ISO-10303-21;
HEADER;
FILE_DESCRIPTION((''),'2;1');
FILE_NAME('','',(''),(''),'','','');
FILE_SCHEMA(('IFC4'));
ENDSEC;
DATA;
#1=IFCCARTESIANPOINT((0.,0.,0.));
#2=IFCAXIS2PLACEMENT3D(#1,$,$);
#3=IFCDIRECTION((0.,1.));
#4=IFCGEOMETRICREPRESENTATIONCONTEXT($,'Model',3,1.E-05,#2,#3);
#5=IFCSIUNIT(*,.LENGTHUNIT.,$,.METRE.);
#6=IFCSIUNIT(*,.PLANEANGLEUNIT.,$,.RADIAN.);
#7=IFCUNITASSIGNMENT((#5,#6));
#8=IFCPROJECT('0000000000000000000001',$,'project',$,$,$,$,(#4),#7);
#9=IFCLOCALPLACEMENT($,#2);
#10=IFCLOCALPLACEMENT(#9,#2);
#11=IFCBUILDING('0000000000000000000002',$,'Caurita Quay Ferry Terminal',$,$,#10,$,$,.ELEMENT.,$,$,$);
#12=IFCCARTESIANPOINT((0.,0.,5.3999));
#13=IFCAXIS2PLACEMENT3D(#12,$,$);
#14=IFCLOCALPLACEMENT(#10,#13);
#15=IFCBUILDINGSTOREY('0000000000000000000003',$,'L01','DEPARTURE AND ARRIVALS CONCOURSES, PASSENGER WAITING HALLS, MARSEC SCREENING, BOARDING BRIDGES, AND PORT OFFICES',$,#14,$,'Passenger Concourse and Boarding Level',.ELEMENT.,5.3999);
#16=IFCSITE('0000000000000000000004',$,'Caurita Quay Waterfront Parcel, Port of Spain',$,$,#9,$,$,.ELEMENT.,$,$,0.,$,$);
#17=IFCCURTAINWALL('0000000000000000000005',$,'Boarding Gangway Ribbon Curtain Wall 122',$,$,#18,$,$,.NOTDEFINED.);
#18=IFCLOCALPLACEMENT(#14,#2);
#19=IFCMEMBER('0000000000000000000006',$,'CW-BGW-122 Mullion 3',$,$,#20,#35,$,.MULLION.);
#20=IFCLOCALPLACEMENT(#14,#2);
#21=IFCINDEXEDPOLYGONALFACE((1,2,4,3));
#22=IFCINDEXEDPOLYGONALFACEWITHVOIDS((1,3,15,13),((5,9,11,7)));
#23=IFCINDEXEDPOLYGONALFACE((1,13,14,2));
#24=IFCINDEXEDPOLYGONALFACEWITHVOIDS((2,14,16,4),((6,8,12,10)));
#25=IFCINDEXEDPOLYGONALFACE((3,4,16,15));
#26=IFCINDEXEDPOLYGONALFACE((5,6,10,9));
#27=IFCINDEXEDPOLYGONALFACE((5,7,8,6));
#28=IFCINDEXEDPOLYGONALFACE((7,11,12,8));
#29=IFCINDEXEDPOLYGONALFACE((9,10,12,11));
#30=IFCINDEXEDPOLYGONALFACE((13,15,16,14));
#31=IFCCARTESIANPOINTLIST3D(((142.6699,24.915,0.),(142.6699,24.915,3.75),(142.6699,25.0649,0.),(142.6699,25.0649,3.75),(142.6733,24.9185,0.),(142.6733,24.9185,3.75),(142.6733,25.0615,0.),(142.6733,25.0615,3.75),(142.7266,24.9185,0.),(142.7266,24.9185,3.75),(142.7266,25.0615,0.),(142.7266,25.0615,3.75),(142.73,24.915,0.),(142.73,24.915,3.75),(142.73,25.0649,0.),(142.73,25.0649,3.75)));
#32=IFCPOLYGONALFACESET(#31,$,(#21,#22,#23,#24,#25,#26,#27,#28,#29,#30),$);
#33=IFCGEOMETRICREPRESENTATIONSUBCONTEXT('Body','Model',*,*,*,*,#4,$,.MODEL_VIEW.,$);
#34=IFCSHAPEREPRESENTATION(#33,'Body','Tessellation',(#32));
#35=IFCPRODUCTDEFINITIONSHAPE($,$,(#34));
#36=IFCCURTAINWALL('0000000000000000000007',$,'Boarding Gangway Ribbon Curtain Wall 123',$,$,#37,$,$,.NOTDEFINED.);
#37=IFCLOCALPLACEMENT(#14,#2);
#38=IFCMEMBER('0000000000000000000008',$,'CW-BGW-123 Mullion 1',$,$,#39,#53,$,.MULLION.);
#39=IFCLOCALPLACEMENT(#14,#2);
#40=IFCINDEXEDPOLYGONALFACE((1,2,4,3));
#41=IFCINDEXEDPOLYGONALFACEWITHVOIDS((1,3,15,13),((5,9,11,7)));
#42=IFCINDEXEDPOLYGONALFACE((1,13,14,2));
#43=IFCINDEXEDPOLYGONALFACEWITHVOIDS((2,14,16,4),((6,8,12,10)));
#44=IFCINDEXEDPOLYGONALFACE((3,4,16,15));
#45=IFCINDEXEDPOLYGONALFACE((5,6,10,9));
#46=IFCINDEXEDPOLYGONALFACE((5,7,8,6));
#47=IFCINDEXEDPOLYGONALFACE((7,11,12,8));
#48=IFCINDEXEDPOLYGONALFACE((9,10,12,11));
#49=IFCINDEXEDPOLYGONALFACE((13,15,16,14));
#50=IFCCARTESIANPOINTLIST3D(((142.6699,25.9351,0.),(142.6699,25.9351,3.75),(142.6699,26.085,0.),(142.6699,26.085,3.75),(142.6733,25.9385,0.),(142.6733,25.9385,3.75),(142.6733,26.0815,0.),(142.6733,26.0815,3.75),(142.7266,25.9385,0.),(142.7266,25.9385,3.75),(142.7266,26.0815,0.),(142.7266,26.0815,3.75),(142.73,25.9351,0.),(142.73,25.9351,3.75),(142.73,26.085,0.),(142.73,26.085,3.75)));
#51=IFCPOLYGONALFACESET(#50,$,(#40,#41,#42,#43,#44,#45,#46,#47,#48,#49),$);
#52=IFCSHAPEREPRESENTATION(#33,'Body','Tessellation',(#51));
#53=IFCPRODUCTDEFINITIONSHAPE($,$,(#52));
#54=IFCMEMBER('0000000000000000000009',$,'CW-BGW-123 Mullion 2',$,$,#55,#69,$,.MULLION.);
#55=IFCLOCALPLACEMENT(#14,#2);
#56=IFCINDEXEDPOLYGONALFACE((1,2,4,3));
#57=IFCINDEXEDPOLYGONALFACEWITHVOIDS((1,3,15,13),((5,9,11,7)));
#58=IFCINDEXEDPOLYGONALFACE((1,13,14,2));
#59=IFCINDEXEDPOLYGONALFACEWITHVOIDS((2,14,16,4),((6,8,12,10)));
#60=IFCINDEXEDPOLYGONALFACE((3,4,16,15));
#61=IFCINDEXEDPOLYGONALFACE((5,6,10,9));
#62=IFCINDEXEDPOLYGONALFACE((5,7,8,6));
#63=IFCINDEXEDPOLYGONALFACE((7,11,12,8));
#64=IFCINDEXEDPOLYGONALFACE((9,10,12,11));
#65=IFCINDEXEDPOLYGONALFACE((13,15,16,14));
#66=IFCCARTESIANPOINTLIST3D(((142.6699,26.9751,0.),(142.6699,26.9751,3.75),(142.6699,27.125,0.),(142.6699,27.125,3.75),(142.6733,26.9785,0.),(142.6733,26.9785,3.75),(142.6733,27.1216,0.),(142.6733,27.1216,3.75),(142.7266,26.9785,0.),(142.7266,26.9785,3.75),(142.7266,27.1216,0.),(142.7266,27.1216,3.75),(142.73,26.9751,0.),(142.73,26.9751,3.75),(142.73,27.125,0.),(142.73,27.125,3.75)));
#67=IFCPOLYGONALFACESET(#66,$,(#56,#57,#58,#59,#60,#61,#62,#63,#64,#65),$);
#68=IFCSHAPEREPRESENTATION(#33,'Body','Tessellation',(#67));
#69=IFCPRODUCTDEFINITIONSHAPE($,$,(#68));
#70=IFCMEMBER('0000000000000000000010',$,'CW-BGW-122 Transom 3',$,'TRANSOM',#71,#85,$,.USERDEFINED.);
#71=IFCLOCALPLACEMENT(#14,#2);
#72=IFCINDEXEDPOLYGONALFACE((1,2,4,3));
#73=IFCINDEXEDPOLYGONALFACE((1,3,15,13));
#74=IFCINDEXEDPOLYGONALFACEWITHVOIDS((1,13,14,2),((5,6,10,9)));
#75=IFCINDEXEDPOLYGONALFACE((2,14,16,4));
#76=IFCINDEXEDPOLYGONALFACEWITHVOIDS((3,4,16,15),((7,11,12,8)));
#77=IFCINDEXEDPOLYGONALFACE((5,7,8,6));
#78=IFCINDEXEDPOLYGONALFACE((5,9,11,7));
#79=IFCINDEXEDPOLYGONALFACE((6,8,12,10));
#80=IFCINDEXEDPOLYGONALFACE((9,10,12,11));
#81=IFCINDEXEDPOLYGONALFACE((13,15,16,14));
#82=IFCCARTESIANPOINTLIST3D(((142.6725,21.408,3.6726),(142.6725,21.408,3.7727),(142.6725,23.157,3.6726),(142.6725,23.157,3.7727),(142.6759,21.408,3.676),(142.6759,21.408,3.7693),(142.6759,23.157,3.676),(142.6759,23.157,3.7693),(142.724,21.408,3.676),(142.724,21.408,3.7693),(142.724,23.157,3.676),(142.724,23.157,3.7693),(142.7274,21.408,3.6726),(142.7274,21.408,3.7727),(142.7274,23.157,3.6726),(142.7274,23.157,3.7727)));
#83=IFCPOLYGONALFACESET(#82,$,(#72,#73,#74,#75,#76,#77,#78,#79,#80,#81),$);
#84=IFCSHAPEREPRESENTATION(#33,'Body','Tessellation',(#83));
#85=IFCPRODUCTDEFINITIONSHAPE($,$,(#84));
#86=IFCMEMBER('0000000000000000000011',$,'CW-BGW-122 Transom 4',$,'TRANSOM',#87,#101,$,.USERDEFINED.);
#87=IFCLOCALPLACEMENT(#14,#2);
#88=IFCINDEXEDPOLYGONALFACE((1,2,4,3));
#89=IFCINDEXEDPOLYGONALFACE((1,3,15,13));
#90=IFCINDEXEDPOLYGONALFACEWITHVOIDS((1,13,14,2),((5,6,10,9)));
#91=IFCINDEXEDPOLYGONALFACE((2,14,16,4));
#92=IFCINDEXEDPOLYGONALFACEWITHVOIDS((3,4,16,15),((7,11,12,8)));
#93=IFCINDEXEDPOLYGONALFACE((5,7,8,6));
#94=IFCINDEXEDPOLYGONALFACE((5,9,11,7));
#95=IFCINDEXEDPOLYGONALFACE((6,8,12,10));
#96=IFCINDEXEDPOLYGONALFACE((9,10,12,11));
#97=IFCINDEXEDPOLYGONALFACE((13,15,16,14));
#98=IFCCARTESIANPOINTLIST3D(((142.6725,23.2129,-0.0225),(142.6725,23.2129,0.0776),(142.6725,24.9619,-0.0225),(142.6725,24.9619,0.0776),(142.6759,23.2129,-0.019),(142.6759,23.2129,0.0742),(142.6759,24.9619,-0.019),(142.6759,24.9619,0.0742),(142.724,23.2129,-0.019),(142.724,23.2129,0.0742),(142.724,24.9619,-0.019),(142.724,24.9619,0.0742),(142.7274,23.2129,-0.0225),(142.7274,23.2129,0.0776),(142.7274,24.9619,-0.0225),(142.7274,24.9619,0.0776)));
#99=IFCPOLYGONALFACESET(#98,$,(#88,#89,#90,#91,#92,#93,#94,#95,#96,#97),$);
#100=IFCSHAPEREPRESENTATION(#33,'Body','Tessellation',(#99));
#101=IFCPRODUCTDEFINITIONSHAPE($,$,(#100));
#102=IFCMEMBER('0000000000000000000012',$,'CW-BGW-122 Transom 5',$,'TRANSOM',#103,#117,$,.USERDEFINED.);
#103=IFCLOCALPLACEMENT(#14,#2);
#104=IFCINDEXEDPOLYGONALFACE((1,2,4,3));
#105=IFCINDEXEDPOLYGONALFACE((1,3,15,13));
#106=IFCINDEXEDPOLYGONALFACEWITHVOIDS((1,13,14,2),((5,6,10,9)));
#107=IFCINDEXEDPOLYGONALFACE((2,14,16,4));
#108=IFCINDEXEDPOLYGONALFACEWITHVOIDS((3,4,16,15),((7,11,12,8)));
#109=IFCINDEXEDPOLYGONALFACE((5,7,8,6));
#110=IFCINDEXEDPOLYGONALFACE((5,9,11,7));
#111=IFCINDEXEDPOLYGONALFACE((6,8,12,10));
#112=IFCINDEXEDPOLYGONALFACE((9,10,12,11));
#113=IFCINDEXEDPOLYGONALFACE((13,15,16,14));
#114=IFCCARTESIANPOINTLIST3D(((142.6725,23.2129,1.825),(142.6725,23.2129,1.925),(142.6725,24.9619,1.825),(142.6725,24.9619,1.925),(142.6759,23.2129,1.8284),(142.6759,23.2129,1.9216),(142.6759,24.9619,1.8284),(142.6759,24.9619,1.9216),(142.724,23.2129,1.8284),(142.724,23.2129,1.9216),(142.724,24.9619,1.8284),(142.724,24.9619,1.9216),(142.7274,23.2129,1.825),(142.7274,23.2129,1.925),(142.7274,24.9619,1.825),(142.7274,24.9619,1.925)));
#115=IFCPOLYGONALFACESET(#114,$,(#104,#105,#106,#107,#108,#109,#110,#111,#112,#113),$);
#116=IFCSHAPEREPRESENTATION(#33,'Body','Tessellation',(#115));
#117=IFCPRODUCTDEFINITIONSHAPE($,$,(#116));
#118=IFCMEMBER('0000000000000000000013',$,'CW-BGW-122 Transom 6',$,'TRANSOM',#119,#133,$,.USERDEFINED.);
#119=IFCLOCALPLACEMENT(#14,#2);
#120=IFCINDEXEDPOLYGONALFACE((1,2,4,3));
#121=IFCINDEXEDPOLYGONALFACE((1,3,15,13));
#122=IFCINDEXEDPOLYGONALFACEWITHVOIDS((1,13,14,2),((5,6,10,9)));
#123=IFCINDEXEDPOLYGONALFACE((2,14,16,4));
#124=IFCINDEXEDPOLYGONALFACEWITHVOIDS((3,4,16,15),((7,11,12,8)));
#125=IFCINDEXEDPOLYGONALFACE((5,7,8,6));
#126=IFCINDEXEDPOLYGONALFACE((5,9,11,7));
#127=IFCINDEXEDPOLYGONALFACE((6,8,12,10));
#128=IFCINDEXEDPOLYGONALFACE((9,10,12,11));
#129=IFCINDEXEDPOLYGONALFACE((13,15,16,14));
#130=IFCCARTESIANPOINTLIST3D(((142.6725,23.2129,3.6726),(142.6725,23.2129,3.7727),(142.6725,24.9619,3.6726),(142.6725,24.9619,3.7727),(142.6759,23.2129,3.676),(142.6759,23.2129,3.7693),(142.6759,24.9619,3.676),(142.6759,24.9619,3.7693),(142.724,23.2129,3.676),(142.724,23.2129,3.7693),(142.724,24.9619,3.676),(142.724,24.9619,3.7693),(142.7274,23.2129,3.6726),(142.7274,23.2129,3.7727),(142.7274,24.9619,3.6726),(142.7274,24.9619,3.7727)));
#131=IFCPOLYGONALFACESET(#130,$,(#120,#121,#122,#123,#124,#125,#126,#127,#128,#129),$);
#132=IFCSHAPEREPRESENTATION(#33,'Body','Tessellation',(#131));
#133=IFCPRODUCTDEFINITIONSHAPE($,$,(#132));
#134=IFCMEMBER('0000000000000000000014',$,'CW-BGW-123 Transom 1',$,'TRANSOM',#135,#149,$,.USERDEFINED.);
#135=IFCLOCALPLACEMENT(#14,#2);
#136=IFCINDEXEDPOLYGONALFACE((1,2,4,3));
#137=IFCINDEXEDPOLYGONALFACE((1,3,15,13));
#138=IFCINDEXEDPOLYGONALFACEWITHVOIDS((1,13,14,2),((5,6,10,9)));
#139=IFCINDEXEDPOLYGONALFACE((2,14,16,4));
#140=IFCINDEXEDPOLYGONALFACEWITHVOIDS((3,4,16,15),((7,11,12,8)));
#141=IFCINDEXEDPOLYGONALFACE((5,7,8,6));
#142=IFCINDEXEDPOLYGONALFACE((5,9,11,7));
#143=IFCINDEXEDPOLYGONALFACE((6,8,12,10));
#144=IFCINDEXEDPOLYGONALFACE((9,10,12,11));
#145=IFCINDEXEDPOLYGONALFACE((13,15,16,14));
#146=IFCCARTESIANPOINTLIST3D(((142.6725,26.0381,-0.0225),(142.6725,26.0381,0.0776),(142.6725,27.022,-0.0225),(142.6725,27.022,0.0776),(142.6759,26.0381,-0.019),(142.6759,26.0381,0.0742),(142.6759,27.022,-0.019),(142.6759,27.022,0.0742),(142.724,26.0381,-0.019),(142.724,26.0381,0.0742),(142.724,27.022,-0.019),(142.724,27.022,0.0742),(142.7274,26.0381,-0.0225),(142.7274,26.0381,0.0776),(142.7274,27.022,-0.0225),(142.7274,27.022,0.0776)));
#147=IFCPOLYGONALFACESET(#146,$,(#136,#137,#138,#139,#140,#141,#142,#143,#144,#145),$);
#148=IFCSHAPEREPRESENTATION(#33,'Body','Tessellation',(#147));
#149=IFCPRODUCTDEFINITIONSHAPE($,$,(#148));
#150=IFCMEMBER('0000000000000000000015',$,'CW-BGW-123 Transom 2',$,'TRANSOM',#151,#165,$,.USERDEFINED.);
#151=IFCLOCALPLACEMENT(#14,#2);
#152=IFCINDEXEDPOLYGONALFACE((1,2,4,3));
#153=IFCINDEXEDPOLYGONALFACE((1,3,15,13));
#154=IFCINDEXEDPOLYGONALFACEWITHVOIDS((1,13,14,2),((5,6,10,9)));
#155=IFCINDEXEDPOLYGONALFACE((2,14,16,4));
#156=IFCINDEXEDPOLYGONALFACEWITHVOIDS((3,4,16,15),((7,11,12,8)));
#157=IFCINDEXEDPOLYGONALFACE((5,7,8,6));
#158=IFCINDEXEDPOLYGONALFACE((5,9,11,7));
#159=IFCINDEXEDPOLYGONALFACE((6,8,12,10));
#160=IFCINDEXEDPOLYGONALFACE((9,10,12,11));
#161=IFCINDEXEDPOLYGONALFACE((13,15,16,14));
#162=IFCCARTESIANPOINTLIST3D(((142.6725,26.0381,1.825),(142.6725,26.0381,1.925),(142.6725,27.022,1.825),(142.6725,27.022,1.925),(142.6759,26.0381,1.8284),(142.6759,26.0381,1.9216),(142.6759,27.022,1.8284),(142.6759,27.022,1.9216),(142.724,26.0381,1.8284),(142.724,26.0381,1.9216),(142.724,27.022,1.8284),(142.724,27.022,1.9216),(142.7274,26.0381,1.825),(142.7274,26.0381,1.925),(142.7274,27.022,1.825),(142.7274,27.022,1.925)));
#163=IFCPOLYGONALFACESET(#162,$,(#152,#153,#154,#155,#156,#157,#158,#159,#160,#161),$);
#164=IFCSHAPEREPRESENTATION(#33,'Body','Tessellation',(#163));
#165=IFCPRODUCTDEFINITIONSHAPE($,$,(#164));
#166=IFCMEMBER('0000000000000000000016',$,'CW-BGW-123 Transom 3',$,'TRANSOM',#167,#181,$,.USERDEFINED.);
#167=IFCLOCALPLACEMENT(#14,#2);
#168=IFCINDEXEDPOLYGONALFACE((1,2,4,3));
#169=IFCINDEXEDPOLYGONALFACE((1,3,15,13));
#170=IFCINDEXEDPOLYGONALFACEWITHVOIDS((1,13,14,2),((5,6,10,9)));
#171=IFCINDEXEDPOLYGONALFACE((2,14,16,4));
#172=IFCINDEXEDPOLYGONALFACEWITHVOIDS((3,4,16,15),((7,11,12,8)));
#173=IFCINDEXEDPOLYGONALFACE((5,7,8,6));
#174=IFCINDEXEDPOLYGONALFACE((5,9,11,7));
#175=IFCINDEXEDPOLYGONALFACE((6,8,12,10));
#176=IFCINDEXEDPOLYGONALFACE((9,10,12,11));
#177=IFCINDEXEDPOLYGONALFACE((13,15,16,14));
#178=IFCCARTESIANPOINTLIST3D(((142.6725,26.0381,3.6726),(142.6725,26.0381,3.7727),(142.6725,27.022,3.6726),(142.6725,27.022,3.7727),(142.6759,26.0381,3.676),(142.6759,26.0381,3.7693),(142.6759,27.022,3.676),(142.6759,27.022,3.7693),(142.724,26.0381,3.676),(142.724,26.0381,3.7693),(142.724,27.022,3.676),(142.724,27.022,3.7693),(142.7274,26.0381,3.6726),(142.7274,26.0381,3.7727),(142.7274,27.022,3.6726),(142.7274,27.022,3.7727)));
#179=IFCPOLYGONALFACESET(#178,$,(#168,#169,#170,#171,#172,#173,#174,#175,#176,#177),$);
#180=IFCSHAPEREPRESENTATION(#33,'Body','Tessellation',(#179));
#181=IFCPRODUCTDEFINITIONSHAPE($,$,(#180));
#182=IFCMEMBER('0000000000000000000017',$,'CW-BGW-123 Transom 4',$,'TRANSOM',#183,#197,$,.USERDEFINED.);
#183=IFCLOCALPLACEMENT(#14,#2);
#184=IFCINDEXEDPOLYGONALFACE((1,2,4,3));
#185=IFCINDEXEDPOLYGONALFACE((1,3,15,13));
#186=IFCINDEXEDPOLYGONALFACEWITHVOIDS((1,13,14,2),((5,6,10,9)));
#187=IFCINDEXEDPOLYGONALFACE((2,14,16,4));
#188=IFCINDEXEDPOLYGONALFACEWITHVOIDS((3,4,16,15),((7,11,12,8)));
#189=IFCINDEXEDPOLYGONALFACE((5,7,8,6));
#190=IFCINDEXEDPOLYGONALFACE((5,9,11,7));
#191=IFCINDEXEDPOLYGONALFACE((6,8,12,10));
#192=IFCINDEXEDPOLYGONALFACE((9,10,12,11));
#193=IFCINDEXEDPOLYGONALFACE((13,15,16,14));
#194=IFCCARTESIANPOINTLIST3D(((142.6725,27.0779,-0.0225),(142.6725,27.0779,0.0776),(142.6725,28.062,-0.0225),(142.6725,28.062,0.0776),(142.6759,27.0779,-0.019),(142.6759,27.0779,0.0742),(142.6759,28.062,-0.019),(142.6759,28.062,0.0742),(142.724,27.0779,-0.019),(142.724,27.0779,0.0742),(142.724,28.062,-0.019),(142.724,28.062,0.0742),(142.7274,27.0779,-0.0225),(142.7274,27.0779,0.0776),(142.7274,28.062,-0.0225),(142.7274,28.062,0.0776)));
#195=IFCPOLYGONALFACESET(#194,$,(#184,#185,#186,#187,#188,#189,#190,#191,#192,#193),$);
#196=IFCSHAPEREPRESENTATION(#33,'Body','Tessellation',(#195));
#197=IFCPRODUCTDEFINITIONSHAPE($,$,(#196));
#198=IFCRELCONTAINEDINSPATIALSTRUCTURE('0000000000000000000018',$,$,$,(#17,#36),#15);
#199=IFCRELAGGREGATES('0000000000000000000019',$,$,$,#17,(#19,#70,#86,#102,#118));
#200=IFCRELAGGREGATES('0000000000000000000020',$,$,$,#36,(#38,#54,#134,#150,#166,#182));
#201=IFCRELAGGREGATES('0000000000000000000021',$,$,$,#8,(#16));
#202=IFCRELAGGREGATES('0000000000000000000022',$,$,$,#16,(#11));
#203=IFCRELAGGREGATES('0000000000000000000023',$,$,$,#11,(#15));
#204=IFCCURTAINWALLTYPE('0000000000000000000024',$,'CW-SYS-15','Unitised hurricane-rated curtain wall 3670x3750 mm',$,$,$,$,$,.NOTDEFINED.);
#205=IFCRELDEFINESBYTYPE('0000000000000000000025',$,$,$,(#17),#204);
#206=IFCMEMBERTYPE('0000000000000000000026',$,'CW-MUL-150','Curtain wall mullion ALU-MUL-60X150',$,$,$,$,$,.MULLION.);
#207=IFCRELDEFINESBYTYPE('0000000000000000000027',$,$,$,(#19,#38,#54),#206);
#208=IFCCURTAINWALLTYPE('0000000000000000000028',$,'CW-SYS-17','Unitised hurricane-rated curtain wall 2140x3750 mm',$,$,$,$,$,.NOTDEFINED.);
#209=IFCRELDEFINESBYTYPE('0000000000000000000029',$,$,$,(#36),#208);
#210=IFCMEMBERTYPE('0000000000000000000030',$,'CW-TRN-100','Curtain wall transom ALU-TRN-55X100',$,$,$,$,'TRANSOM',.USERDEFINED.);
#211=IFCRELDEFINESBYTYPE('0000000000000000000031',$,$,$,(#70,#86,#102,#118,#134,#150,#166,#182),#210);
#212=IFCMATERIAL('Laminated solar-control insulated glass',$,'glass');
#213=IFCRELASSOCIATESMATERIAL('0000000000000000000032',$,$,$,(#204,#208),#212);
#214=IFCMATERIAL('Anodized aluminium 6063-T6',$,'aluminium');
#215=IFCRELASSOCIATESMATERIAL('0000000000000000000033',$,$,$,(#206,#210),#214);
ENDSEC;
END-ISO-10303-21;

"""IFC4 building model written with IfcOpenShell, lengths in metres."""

from ifc_helpers import new_model, si_unit, direction, frame, origin, origin_2d, place, context, subcontext, project, spatial, hollow_rectangle, extrude, material, material_profile, profile_set, type_object, element, aggregate, save


model = new_model("IFC4")

# Units and contexts
model_context = context("Model", 3, precision=1e-05, world=origin(), true_north=direction((0.0, 1.0)))
body_context = subcontext(model_context, "Body", "Model", "MODEL_VIEW")
ifc_project = project(units=[si_unit("LENGTHUNIT", "METRE"), si_unit("PLANEANGLEUNIT", "RADIAN")], contexts=[model_context])

# Site, building, storey
site_placement = place(None, origin())
site = spatial("IfcSite", under=ifc_project, at=site_placement, Name="Caurita Quay Waterfront Parcel, Port of Spain", CompositionType="ELEMENT", RefElevation=0.0)
building_placement = place(site_placement, origin())
building = spatial("IfcBuilding", under=site, at=building_placement, Name="Caurita Quay Ferry Terminal", CompositionType="ELEMENT")
storey_placement = place(building_placement, frame((0.0, 0.0, 5.3999)))
storey = spatial("IfcBuildingStorey", under=building, at=storey_placement, Name="L01", Description="DEPARTURE AND ARRIVALS CONCOURSES, PASSENGER WAITING HALLS, MARSEC SCREENING, BOARDING BRIDGES, AND PORT OFFICES", LongName="Passenger Concourse and Boarding Level", CompositionType="ELEMENT", Elevation=5.3999)

# Curtain walls, members
ifc_material_1 = material(Name="Laminated solar-control insulated glass", Category="glass")
curtain_wall_type_1 = type_object("IfcCurtainWallType", Name="CW-SYS-15", Description="Unitised hurricane-rated curtain wall 3670x3750 mm", PredefinedType="NOTDEFINED", material=ifc_material_1)
curtain_wall_1_placement = place(storey_placement, origin())
curtain_wall_1 = element("IfcCurtainWall", 1, at=curtain_wall_1_placement, inside=storey, type_object=curtain_wall_type_1, Name="Boarding Gangway Ribbon Curtain Wall 122", PredefinedType="NOTDEFINED")
ifc_material_2 = material(Name="Anodized aluminium 6063-T6", Category="aluminium")
ifc_material_profile_1 = material_profile(ifc_material_2, hollow_rectangle(XDim=0.0601, YDim=0.1499, WallThickness=0.0034, at=origin_2d()), Name="ALU-MUL-60X150")
ifc_profile_set_1 = profile_set([ifc_material_profile_1], Name="Anodized aluminium 6063-T6")
member_type_1 = type_object("IfcMemberType", Name="CW-MUL-150", Description="Curtain wall mullion ALU-MUL-60X150", PredefinedType="MULLION", material=ifc_profile_set_1)
member_1_placement = place(storey_placement, frame((142.7, 24.99, 0.0), z_axis=(0.0, 0.0, 1.0), x_axis=(-1.0, 0.0, 0.0)))
member_1 = element("IfcMember", 2, at=member_1_placement, type_object=member_type_1, Name="CW-BGW-122 Mullion 3", PredefinedType="MULLION", context=body_context, shape_type="SweptSolid", body=[
    extrude(hollow_rectangle(XDim=0.0601, YDim=0.1499, WallThickness=0.0034, at=origin_2d()), origin(), (0.0, 0.0, 1.0), 3.75),
])
curtain_wall_type_2 = type_object("IfcCurtainWallType", Name="CW-SYS-17", Description="Unitised hurricane-rated curtain wall 2140x3750 mm", PredefinedType="NOTDEFINED", material=ifc_material_1)
curtain_wall_2_placement = place(storey_placement, origin())
curtain_wall_2 = element("IfcCurtainWall", 3, at=curtain_wall_2_placement, inside=storey, type_object=curtain_wall_type_2, Name="Boarding Gangway Ribbon Curtain Wall 123", PredefinedType="NOTDEFINED")
member_2_placement = place(storey_placement, frame((142.7, 26.01, 0.0), z_axis=(0.0, 0.0, 1.0), x_axis=(-1.0, 0.0, 0.0)))
member_2 = element("IfcMember", 4, at=member_2_placement, type_object=member_type_1, Name="CW-BGW-123 Mullion 1", PredefinedType="MULLION", context=body_context, shape_type="SweptSolid", body=[
    extrude(hollow_rectangle(XDim=0.0601, YDim=0.1499, WallThickness=0.0034, at=origin_2d()), origin(), (0.0, 0.0, 1.0), 3.75),
])
member_3_placement = place(storey_placement, frame((142.7, 27.05, 0.0), z_axis=(0.0, 0.0, 1.0), x_axis=(-1.0, 0.0, 0.0)))
member_3 = element("IfcMember", 5, at=member_3_placement, type_object=member_type_1, Name="CW-BGW-123 Mullion 2", PredefinedType="MULLION", context=body_context, shape_type="SweptSolid", body=[
    extrude(hollow_rectangle(XDim=0.0601, YDim=0.1499, WallThickness=0.0034, at=origin_2d()), origin(), (0.0, 0.0, 1.0), 3.75),
])

# Members
ifc_material_profile_2 = material_profile(ifc_material_2, hollow_rectangle(XDim=0.0549, YDim=0.1001, WallThickness=0.0034, at=origin_2d()), Name="ALU-TRN-55X100")
ifc_profile_set_2 = profile_set([ifc_material_profile_2], Name="Anodized aluminium 6063-T6")
member_type_2 = type_object("IfcMemberType", Name="CW-TRN-100", Description="Curtain wall transom ALU-TRN-55X100", ElementType="TRANSOM", PredefinedType="USERDEFINED", material=ifc_profile_set_2)
member_4_placement = place(storey_placement, frame((142.7, 21.408, 3.7227), z_axis=(0.0, 1.0, 0.0), x_axis=(-1.0, 0.0, 0.0)))
member_4 = element("IfcMember", 6, at=member_4_placement, type_object=member_type_2, Name="CW-BGW-122 Transom 3", ObjectType="TRANSOM", PredefinedType="USERDEFINED", context=body_context, shape_type="SweptSolid", body=[
    extrude(hollow_rectangle(XDim=0.0549, YDim=0.1001, WallThickness=0.0034, at=origin_2d()), origin(), (0.0, 0.0, 1.0), 1.749),
])
member_5_placement = place(storey_placement, frame((142.7, 23.2129, 0.0276), z_axis=(0.0, 1.0, 0.0), x_axis=(-1.0, 0.0, 0.0)))
member_5 = element("IfcMember", 7, at=member_5_placement, type_object=member_type_2, Name="CW-BGW-122 Transom 4", ObjectType="TRANSOM", PredefinedType="USERDEFINED", context=body_context, shape_type="SweptSolid", body=[
    extrude(hollow_rectangle(XDim=0.0549, YDim=0.1001, WallThickness=0.0034, at=origin_2d()), origin(), (0.0, 0.0, 1.0), 1.749),
])
member_6_placement = place(storey_placement, frame((142.7, 23.2129, 1.875), z_axis=(0.0, 1.0, 0.0), x_axis=(-1.0, 0.0, 0.0)))
member_6 = element("IfcMember", 8, at=member_6_placement, type_object=member_type_2, Name="CW-BGW-122 Transom 5", ObjectType="TRANSOM", PredefinedType="USERDEFINED", context=body_context, shape_type="SweptSolid", body=[
    extrude(hollow_rectangle(XDim=0.0549, YDim=0.1001, WallThickness=0.0034, at=origin_2d()), origin(), (0.0, 0.0, 1.0), 1.749),
])
member_7_placement = place(storey_placement, frame((142.7, 23.2129, 3.7227), z_axis=(0.0, 1.0, 0.0), x_axis=(-1.0, 0.0, 0.0)))
member_7 = element("IfcMember", 9, at=member_7_placement, type_object=member_type_2, Name="CW-BGW-122 Transom 6", ObjectType="TRANSOM", PredefinedType="USERDEFINED", context=body_context, shape_type="SweptSolid", body=[
    extrude(hollow_rectangle(XDim=0.0549, YDim=0.1001, WallThickness=0.0034, at=origin_2d()), origin(), (0.0, 0.0, 1.0), 1.749),
])
member_8_placement = place(storey_placement, frame((142.7, 26.0381, 0.0276), z_axis=(0.0, 1.0, 0.0), x_axis=(-1.0, 0.0, 0.0)))
member_8 = element("IfcMember", 10, at=member_8_placement, type_object=member_type_2, Name="CW-BGW-123 Transom 1", ObjectType="TRANSOM", PredefinedType="USERDEFINED", context=body_context, shape_type="SweptSolid", body=[
    extrude(hollow_rectangle(XDim=0.0549, YDim=0.1001, WallThickness=0.0034, at=origin_2d()), origin(), (0.0, 0.0, 1.0), 0.9839),
])
member_9_placement = place(storey_placement, frame((142.7, 26.0381, 1.875), z_axis=(0.0, 1.0, 0.0), x_axis=(-1.0, 0.0, 0.0)))
member_9 = element("IfcMember", 11, at=member_9_placement, type_object=member_type_2, Name="CW-BGW-123 Transom 2", ObjectType="TRANSOM", PredefinedType="USERDEFINED", context=body_context, shape_type="SweptSolid", body=[
    extrude(hollow_rectangle(XDim=0.0549, YDim=0.1001, WallThickness=0.0034, at=origin_2d()), origin(), (0.0, 0.0, 1.0), 0.9839),
])
member_10_placement = place(storey_placement, frame((142.7, 26.0381, 3.7227), z_axis=(0.0, 1.0, 0.0), x_axis=(-1.0, 0.0, 0.0)))
member_10 = element("IfcMember", 12, at=member_10_placement, type_object=member_type_2, Name="CW-BGW-123 Transom 3", ObjectType="TRANSOM", PredefinedType="USERDEFINED", context=body_context, shape_type="SweptSolid", body=[
    extrude(hollow_rectangle(XDim=0.0549, YDim=0.1001, WallThickness=0.0034, at=origin_2d()), origin(), (0.0, 0.0, 1.0), 0.9839),
])
member_11_placement = place(storey_placement, frame((142.7, 27.0779, 0.0276), z_axis=(0.0, 1.0, 0.0), x_axis=(-1.0, 0.0, 0.0)))
member_11 = element("IfcMember", 13, at=member_11_placement, type_object=member_type_2, Name="CW-BGW-123 Transom 4", ObjectType="TRANSOM", PredefinedType="USERDEFINED", context=body_context, shape_type="SweptSolid", body=[
    extrude(hollow_rectangle(XDim=0.0549, YDim=0.1001, WallThickness=0.0034, at=origin_2d()), origin(), (0.0, 0.0, 1.0), 0.9841),
])

aggregate(curtain_wall_1, [member_1, member_4, member_5, member_6, member_7])
aggregate(curtain_wall_2, [member_2, member_3, member_8, member_9, member_10, member_11])

save(model, "model.ifc")
